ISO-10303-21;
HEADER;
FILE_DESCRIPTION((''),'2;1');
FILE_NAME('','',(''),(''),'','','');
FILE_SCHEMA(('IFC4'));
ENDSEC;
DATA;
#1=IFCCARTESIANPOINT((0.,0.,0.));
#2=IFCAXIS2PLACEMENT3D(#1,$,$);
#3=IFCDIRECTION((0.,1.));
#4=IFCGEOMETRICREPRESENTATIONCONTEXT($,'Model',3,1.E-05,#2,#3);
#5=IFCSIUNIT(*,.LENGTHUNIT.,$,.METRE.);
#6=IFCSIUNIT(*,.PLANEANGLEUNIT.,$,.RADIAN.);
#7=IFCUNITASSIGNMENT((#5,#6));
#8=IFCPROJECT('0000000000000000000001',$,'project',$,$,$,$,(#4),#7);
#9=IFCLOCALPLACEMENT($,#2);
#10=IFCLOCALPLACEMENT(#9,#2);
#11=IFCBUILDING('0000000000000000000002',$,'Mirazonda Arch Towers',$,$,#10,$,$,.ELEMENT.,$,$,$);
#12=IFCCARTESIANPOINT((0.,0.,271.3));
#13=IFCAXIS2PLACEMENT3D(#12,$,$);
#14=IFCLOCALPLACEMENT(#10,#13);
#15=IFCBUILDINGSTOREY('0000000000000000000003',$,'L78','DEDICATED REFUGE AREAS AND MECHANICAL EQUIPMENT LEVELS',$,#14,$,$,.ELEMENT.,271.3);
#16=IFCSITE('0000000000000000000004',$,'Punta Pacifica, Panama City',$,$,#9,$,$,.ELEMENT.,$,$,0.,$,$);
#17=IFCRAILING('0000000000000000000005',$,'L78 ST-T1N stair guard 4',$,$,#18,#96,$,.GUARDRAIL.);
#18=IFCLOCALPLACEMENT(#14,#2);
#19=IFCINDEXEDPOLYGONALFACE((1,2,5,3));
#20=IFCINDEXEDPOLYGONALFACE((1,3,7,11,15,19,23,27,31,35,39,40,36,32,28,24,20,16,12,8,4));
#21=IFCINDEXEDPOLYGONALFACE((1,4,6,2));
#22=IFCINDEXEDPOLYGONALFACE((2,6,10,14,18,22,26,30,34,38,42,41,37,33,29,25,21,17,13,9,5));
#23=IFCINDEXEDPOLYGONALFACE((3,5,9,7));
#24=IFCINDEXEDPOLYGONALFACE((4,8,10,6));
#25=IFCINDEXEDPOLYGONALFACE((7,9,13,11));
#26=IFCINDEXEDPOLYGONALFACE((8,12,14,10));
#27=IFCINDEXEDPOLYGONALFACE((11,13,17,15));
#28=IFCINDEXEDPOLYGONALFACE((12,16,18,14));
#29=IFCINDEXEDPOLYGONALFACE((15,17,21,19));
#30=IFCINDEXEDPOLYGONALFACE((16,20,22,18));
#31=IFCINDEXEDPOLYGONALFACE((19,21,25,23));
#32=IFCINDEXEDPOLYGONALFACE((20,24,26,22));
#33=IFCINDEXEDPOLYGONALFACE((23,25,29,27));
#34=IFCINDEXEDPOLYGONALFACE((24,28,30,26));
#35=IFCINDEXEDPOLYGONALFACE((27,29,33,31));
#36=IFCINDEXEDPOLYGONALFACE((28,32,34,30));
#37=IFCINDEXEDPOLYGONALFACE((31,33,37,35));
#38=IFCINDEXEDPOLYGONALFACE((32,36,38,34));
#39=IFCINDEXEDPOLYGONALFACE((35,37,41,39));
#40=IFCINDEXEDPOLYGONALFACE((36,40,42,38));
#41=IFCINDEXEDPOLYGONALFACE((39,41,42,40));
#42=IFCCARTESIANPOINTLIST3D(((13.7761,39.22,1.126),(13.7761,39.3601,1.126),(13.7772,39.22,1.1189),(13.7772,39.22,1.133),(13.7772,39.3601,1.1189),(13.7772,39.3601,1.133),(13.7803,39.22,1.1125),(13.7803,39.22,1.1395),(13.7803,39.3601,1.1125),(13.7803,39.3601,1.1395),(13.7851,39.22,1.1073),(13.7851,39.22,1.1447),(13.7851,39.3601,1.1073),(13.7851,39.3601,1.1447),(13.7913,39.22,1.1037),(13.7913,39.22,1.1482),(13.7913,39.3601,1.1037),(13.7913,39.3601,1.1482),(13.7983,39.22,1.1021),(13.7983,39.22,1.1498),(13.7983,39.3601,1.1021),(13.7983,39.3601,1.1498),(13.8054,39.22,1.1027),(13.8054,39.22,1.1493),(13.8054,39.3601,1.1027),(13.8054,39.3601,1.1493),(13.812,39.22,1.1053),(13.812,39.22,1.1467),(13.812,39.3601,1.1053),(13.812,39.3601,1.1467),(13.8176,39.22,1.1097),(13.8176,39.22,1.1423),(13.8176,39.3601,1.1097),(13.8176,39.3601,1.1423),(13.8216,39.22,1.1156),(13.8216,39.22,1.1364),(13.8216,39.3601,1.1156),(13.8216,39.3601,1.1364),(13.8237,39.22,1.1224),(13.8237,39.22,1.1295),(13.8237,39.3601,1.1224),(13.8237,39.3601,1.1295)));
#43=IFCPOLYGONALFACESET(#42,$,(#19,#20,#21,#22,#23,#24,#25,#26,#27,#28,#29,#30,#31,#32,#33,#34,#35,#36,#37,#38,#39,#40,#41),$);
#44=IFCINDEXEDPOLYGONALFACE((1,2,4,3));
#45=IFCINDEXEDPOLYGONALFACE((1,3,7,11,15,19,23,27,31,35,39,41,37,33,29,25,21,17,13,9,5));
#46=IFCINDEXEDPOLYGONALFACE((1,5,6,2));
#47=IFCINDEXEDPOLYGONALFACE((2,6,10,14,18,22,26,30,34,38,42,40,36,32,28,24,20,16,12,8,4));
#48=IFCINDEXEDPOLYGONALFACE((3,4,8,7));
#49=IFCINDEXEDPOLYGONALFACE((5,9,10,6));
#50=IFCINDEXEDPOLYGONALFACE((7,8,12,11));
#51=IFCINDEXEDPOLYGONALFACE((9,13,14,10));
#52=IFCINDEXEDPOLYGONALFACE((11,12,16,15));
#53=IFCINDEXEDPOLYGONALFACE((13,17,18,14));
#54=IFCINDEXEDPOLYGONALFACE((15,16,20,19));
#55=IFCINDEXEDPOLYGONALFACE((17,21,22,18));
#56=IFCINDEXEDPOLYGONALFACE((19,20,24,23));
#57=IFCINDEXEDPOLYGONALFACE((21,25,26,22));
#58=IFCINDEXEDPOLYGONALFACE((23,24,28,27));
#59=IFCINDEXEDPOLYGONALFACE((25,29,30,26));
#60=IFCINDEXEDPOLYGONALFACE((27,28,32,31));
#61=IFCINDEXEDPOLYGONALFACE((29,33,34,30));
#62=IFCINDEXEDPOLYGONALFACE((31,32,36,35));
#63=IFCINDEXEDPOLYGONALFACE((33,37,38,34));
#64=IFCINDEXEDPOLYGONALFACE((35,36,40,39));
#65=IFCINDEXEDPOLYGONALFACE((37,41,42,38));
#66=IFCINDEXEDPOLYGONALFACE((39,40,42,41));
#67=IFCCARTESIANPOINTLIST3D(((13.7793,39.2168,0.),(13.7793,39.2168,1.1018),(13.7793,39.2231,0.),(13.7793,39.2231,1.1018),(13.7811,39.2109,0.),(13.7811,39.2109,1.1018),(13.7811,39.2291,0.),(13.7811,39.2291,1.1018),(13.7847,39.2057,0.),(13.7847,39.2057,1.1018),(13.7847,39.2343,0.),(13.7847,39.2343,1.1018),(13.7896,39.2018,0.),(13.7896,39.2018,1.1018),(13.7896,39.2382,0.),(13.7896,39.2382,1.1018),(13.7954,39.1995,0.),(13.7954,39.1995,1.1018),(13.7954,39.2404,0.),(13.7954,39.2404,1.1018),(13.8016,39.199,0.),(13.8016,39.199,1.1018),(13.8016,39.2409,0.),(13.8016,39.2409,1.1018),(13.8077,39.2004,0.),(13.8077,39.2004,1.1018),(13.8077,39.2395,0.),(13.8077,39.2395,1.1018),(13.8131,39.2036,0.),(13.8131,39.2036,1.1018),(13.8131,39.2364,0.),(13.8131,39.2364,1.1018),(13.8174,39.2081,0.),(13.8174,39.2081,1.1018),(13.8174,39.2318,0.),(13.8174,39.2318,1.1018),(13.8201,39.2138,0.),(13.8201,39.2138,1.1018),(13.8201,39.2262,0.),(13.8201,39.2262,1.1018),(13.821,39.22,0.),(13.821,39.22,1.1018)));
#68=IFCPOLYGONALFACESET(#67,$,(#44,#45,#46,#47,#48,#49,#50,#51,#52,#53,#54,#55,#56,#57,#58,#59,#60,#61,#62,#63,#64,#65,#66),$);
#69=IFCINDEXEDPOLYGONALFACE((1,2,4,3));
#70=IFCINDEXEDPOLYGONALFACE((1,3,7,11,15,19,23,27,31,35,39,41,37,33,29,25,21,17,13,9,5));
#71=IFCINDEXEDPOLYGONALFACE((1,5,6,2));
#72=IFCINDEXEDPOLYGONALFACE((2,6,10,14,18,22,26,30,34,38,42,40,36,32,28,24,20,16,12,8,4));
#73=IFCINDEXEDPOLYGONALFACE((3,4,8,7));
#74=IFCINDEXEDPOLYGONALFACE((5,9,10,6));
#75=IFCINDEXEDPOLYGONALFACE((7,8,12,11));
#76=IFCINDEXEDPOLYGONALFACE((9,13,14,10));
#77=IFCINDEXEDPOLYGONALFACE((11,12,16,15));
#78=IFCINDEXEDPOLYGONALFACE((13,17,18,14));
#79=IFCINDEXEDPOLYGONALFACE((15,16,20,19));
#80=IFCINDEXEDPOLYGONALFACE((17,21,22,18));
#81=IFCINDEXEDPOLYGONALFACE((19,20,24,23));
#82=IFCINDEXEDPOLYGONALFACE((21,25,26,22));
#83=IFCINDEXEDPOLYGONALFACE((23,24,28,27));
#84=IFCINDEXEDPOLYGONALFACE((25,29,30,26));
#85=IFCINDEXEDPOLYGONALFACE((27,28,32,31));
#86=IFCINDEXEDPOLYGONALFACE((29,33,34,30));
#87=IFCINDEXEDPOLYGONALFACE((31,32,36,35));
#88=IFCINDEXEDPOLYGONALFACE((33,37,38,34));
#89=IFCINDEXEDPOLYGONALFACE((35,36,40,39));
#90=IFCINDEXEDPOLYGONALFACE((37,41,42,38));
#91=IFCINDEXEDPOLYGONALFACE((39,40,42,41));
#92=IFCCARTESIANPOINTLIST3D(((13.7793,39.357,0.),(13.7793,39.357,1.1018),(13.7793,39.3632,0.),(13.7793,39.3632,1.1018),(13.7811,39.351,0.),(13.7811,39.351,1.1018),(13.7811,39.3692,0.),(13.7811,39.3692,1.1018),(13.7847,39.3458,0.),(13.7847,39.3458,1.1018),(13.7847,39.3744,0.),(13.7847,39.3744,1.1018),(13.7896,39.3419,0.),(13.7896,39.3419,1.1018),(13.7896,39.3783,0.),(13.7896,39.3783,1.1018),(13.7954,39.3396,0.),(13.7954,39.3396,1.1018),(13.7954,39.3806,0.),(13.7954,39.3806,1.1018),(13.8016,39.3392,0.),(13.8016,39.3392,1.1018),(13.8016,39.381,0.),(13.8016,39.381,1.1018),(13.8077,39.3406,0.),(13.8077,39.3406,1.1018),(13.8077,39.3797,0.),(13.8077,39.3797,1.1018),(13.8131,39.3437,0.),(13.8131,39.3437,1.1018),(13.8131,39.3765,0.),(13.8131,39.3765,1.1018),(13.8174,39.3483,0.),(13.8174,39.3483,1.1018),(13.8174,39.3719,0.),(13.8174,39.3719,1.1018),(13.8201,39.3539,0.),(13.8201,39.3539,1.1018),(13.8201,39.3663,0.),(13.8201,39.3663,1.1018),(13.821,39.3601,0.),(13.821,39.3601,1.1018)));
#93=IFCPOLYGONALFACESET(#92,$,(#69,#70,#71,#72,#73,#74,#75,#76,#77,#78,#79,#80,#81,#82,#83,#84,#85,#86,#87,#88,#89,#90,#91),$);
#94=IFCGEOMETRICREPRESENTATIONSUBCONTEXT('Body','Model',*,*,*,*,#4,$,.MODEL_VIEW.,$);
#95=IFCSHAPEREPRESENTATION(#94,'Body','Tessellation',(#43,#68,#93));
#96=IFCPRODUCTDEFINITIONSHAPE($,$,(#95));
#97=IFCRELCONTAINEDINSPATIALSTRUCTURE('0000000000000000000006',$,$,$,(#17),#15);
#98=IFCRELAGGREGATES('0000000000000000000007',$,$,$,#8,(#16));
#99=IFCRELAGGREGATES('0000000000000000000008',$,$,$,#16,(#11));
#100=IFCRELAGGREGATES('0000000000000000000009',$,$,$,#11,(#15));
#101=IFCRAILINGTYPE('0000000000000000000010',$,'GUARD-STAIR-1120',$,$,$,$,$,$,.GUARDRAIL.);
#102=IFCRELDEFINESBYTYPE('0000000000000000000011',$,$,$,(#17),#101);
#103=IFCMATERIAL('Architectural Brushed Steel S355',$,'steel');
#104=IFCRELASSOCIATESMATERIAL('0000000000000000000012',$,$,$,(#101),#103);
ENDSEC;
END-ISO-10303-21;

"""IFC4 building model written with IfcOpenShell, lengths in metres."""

from ifc_helpers import new_model, si_unit, direction, frame, origin, origin_2d, place, context, subcontext, project, spatial, circle, extrude, material, type_object, element, save


model = new_model("IFC4")

# Units and contexts
model_context = context("Model", 3, precision=1e-05, world=origin(), true_north=direction((0.0, 1.0)))
body_context = subcontext(model_context, "Body", "Model", "MODEL_VIEW")
ifc_project = project(units=[si_unit("LENGTHUNIT", "METRE"), si_unit("PLANEANGLEUNIT", "RADIAN")], contexts=[model_context])

# Site, building, storey
site_placement = place(None, origin())
site = spatial("IfcSite", under=ifc_project, at=site_placement, Name="Punta Pacifica, Panama City", CompositionType="ELEMENT", RefElevation=0.0)
building_placement = place(site_placement, origin())
building = spatial("IfcBuilding", under=site, at=building_placement, Name="Mirazonda Arch Towers", CompositionType="ELEMENT")
storey_placement = place(building_placement, frame((0.0, 0.0, 271.3)))
storey = spatial("IfcBuildingStorey", under=building, at=storey_placement, Name="L78", Description="DEDICATED REFUGE AREAS AND MECHANICAL EQUIPMENT LEVELS", CompositionType="ELEMENT", Elevation=271.3)

# Shared definitions
ifc_material_1 = material(Name="Architectural Brushed Steel S355", Category="steel")

# Railing
railing_type_1 = type_object("IfcRailingType", Name="GUARD-STAIR-1120", PredefinedType="GUARDRAIL", material=ifc_material_1)
railing_1_placement = place(storey_placement, frame((13.8, 39.22, 0.0)))
element("IfcRailing", 1, at=railing_1_placement, inside=storey, type_object=railing_type_1, Name="L78 ST-T1N stair guard 4", PredefinedType="GUARDRAIL", context=body_context, shape_type="SweptSolid", body=[
    extrude(circle(Radius=0.0239, at=origin_2d()), frame((0.0, 0.0, 1.126), z_axis=(0.0, 1.0, 0.0), x_axis=(-1.0, 0.0, 0.0)), (0.0, 0.0, 1.0), 0.1401),
    extrude(circle(Radius=0.021, at=origin_2d()), origin(), (0.0, 0.0, 1.0), 1.1018),
    extrude(circle(Radius=0.021, at=origin_2d()), frame((0.0, 0.1401, 0.0)), (0.0, 0.0, 1.0), 1.1018),
])

save(model, "model.ifc")
